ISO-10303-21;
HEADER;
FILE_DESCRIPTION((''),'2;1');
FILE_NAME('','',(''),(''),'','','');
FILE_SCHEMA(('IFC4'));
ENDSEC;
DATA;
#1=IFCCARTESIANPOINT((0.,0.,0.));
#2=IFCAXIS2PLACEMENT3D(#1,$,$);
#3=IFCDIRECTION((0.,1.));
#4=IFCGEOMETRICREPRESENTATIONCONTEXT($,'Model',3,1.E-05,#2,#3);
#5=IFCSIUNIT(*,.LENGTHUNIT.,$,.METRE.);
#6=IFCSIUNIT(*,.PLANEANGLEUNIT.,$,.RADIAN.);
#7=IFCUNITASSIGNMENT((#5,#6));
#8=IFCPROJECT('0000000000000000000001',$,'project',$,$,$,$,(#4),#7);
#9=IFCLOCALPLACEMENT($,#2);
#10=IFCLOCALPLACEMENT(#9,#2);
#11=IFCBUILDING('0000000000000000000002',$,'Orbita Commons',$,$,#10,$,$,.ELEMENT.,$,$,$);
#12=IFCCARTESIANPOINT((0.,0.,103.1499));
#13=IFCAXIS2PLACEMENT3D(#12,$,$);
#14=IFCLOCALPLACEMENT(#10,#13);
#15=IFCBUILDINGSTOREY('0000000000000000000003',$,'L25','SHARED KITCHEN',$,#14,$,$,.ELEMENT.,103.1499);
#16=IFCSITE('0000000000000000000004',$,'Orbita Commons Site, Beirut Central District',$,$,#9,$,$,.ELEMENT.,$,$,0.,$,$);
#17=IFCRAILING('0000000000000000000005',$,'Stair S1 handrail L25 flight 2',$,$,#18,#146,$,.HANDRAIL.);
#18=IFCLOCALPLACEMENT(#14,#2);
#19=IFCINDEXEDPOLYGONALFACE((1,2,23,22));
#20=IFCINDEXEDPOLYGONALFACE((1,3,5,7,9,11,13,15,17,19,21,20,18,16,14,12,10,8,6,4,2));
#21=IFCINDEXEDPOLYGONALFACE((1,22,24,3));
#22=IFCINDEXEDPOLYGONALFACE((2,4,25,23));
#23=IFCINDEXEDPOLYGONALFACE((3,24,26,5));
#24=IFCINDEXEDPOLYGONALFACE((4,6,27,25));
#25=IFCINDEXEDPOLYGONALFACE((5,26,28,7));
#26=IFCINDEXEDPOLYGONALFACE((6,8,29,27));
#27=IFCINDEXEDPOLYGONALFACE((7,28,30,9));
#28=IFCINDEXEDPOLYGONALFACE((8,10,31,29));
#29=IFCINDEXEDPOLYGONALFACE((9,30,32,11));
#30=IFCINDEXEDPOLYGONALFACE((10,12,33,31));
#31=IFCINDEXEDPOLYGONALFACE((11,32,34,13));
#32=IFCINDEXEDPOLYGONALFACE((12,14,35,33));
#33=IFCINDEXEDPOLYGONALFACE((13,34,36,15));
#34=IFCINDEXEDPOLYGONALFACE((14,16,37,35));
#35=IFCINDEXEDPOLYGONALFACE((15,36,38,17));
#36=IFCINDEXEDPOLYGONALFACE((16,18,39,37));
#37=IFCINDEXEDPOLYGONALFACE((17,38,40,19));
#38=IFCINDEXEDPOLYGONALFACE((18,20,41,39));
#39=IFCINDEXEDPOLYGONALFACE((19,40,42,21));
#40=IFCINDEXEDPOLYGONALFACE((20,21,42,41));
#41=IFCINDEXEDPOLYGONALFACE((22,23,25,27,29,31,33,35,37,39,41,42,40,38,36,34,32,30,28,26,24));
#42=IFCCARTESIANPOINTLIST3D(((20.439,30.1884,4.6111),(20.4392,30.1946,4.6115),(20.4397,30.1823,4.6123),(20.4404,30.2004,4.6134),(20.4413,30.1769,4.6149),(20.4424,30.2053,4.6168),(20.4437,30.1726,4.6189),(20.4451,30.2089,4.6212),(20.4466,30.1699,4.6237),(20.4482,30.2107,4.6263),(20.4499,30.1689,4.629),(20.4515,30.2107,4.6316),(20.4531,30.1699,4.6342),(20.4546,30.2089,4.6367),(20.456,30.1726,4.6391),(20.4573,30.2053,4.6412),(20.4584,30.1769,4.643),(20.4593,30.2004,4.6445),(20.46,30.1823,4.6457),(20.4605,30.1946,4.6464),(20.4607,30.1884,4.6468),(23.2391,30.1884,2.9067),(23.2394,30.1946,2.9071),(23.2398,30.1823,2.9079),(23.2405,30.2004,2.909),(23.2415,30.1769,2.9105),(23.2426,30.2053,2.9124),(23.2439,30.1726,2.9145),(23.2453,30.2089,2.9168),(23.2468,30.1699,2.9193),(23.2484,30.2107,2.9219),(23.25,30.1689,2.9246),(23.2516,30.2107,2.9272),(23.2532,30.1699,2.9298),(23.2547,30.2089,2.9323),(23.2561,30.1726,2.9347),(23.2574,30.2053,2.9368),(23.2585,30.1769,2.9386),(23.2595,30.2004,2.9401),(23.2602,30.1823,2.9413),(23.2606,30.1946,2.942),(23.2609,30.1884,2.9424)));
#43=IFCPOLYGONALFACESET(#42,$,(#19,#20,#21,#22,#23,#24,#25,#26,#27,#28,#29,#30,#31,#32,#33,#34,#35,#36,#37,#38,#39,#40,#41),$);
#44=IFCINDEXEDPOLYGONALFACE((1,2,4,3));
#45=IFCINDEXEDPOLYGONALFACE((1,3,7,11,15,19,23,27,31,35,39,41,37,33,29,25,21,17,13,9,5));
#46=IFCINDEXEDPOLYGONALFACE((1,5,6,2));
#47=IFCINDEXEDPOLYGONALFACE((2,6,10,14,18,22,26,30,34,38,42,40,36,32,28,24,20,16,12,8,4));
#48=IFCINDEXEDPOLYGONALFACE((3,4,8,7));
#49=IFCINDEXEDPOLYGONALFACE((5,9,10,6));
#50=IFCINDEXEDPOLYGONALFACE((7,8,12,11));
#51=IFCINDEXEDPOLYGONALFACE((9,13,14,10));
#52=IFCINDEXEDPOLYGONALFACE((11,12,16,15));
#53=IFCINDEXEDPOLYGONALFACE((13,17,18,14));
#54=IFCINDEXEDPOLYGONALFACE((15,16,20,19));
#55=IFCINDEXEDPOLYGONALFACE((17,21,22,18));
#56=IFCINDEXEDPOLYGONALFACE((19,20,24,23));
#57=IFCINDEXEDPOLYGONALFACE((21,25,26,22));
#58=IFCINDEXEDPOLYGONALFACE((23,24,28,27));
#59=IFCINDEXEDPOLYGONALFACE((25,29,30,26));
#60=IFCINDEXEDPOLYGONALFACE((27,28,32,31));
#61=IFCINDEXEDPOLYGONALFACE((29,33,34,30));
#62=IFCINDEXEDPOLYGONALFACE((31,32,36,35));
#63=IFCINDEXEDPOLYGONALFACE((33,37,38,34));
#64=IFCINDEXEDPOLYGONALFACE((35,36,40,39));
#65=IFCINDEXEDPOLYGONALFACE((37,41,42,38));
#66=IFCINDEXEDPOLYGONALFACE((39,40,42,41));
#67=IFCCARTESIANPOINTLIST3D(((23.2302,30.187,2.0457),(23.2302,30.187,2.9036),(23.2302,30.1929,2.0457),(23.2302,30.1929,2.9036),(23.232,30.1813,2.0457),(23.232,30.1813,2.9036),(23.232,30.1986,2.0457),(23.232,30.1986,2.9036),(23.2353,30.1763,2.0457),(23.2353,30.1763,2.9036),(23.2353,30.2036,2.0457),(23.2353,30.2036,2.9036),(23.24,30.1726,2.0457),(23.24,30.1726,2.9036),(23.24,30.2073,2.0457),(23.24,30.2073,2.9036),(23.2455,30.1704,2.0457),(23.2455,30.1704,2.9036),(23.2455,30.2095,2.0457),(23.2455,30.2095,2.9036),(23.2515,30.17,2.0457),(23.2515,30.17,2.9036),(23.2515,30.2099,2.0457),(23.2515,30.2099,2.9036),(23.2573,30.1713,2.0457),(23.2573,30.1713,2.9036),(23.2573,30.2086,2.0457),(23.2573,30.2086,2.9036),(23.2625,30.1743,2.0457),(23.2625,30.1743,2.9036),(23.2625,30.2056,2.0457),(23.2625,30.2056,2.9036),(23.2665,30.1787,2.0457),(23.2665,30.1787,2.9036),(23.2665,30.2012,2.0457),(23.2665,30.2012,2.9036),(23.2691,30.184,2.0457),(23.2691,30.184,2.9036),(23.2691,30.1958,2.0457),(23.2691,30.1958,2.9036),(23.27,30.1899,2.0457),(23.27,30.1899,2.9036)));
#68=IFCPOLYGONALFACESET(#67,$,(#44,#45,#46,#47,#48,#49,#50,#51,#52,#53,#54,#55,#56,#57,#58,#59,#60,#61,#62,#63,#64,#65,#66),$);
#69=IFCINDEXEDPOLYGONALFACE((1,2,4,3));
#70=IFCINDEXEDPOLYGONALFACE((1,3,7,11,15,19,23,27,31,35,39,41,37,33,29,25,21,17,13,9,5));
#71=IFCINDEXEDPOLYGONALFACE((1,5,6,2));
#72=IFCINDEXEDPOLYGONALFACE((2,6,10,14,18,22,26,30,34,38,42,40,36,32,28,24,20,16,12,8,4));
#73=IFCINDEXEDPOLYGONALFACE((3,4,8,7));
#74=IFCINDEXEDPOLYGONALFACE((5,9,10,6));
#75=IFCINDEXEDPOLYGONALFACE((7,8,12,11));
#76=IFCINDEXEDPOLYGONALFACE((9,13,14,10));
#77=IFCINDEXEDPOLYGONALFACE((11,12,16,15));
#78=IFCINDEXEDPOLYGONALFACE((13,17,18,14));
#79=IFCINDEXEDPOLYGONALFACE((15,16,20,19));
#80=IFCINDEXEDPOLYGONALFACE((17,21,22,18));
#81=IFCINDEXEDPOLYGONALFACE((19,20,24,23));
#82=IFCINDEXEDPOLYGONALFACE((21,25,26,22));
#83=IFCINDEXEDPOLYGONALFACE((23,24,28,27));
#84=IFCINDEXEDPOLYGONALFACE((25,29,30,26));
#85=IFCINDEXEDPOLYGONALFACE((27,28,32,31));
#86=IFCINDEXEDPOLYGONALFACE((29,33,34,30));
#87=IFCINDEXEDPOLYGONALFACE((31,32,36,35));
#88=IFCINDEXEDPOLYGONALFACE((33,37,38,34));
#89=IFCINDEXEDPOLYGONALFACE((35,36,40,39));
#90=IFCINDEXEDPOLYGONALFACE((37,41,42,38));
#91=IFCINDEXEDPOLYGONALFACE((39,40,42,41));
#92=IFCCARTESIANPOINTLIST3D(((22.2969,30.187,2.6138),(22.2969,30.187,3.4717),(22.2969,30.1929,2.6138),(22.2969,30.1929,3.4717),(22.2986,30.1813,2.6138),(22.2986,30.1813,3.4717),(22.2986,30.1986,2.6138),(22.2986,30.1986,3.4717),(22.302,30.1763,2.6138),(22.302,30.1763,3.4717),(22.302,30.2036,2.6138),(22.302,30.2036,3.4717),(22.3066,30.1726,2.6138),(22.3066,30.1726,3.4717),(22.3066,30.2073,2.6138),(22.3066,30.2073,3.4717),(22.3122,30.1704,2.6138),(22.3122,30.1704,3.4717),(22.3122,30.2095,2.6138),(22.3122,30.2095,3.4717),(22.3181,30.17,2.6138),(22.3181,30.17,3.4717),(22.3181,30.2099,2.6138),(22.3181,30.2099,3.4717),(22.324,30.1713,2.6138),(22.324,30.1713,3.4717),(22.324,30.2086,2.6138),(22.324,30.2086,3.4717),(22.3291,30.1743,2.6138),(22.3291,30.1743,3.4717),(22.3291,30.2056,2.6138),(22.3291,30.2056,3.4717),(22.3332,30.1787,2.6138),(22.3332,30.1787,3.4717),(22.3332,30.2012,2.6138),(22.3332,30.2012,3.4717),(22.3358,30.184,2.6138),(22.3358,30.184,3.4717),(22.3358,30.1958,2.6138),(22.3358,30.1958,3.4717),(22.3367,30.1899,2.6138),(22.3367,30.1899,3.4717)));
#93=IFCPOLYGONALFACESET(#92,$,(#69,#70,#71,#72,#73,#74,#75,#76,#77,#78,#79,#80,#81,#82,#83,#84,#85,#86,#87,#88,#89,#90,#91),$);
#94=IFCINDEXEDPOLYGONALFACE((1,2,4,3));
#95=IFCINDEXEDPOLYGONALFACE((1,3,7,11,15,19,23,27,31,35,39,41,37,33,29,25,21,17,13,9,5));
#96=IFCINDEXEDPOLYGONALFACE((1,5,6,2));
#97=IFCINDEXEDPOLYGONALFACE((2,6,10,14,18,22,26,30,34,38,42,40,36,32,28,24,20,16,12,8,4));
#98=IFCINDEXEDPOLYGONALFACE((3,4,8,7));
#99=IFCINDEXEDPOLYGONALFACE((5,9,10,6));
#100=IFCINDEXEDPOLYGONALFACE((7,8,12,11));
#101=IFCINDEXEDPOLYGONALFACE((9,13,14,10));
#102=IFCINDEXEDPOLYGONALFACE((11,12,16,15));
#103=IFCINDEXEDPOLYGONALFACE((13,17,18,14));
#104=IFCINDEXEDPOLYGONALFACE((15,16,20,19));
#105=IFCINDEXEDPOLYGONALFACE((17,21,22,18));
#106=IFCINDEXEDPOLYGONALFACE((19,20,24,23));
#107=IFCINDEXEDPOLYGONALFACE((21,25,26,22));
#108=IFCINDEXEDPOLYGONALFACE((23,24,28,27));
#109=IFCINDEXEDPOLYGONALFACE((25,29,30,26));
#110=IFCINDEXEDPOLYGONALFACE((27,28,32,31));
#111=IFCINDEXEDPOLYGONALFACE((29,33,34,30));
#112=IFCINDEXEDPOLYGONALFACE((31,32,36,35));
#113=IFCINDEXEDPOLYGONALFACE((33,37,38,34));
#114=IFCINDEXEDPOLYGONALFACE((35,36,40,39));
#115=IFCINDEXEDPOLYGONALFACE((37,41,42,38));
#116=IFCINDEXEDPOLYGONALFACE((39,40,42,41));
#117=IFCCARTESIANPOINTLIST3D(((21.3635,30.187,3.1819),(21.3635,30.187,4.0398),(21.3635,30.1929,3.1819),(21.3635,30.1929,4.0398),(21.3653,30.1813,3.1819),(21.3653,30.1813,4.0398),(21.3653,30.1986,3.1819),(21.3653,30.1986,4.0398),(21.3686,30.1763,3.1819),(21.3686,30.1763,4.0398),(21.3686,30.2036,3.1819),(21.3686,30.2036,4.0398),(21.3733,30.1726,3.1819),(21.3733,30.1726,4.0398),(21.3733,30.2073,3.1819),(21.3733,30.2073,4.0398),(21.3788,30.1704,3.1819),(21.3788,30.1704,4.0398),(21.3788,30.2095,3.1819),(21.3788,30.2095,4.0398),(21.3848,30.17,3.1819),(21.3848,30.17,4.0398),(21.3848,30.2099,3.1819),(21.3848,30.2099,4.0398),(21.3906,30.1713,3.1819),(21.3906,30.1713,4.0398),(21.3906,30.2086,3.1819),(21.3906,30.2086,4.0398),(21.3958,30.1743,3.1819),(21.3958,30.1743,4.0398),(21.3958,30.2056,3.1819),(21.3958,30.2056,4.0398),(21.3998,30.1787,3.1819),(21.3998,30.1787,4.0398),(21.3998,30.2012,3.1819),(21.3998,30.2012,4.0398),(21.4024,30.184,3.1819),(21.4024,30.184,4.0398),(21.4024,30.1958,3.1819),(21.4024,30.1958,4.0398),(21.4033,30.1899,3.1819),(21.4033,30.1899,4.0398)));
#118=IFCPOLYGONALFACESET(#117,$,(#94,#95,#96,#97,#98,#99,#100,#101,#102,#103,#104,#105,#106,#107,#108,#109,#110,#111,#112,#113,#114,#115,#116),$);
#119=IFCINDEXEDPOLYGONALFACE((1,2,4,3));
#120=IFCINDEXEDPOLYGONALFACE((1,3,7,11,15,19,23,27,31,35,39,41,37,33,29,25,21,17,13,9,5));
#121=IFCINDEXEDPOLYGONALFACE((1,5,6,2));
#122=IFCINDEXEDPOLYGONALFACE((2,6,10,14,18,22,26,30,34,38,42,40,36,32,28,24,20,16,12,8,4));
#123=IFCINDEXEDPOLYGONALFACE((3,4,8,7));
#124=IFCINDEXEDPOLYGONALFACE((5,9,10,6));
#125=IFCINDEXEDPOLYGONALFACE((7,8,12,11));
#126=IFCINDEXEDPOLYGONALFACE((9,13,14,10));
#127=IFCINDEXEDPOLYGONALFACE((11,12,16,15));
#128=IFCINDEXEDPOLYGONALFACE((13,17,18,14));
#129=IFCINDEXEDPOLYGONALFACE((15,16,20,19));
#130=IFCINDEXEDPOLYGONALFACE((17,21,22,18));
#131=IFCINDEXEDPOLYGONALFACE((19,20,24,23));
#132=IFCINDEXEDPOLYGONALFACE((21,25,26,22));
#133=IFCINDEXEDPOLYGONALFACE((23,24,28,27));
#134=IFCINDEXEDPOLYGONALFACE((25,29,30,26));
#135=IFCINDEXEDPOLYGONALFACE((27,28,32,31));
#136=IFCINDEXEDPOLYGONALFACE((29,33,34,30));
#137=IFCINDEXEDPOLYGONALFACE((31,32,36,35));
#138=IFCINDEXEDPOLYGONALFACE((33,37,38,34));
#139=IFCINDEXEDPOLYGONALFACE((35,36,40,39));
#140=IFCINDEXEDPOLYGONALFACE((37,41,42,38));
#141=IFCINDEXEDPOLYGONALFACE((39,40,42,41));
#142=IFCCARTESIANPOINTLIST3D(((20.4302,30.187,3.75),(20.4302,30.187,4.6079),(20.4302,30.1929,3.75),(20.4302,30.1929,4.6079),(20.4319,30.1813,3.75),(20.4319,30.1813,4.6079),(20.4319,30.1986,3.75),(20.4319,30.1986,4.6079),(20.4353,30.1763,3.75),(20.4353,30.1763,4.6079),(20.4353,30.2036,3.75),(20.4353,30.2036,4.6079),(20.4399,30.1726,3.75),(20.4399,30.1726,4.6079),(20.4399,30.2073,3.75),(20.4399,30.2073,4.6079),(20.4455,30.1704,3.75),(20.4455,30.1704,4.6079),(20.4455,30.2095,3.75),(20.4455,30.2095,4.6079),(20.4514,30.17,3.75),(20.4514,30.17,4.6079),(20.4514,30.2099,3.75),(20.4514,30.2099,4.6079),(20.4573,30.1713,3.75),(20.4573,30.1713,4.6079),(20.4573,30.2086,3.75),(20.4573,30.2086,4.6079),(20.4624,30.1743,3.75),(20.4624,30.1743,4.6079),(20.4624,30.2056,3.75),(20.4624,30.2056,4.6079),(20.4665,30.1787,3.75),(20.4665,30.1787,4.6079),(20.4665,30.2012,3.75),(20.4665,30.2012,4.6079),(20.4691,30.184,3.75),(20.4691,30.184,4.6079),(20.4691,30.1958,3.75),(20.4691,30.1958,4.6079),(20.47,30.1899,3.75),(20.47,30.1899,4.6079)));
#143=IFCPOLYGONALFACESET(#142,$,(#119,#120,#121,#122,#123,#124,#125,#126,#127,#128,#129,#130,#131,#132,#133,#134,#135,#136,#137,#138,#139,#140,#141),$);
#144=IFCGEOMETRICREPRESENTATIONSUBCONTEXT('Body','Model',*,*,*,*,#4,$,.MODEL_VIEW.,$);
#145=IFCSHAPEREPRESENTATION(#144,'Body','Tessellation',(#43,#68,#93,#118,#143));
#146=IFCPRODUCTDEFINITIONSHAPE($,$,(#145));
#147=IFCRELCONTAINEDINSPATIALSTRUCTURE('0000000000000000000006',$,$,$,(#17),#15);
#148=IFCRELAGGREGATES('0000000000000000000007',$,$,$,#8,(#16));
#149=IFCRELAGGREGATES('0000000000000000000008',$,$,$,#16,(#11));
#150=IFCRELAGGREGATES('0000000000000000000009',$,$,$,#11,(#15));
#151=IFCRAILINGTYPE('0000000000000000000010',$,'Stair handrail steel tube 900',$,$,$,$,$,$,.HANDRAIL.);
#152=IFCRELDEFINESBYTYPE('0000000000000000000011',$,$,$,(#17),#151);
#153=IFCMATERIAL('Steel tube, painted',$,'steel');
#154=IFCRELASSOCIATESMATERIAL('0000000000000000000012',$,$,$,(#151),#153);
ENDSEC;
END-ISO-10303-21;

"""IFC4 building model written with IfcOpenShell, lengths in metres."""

from ifc_helpers import new_model, si_unit, direction, frame, origin, origin_2d, place, context, subcontext, project, spatial, circle, extrude, material, type_object, element, save


model = new_model("IFC4")

# Units and contexts
model_context = context("Model", 3, precision=1e-05, world=origin(), true_north=direction((0.0, 1.0)))
body_context = subcontext(model_context, "Body", "Model", "MODEL_VIEW")
ifc_project = project(units=[si_unit("LENGTHUNIT", "METRE"), si_unit("PLANEANGLEUNIT", "RADIAN")], contexts=[model_context])

# Site, building, storey
site_placement = place(None, origin())
site = spatial("IfcSite", under=ifc_project, at=site_placement, Name="Orbita Commons Site, Beirut Central District", CompositionType="ELEMENT", RefElevation=0.0)
building_placement = place(site_placement, origin())
building = spatial("IfcBuilding", under=site, at=building_placement, Name="Orbita Commons", CompositionType="ELEMENT")
storey_placement = place(building_placement, frame((0.0, 0.0, 103.1499)))
storey = spatial("IfcBuildingStorey", under=building, at=storey_placement, Name="L25", Description="SHARED KITCHEN", CompositionType="ELEMENT", Elevation=103.1499)

# Railing
ifc_material = material(Name="Steel tube, painted", Category="steel")
railing_type = type_object("IfcRailingType", Name="Stair handrail steel tube 900", PredefinedType="HANDRAIL", material=ifc_material)
for number, where, name in (
    (1, (23.25, 30.1899, 2.0457), "Stair S1 handrail L25 flight 2"),
):
    element("IfcRailing", number, at=place(storey_placement, frame(where)), inside=storey, type_object=railing_type, Name=name, PredefinedType="HANDRAIL", context=body_context, shape_type="SweptSolid", body=[
        extrude(circle(Radius=0.021, at=origin_2d()), frame((0.0, 0.0, 0.8789), z_axis=(-0.854203, 0.0, 0.51994), x_axis=(0.0, -1.0, 0.0)), (0.0, 0.0, 1.0), 3.2781),
        extrude(circle(Radius=0.02, at=origin_2d()), origin(), (0.0, 0.0, 1.0), 0.8579),
        extrude(circle(Radius=0.02, at=origin_2d()), frame((-0.9333, 0.0, 0.5681)), (0.0, 0.0, 1.0), 0.8579),
        extrude(circle(Radius=0.02, at=origin_2d()), frame((-1.8667, 0.0, 1.1362)), (0.0, 0.0, 1.0), 0.8579),
        extrude(circle(Radius=0.02, at=origin_2d()), frame((-2.8, 0.0, 1.7043)), (0.0, 0.0, 1.0), 0.8579),
    ])

save(model, "model.ifc")
